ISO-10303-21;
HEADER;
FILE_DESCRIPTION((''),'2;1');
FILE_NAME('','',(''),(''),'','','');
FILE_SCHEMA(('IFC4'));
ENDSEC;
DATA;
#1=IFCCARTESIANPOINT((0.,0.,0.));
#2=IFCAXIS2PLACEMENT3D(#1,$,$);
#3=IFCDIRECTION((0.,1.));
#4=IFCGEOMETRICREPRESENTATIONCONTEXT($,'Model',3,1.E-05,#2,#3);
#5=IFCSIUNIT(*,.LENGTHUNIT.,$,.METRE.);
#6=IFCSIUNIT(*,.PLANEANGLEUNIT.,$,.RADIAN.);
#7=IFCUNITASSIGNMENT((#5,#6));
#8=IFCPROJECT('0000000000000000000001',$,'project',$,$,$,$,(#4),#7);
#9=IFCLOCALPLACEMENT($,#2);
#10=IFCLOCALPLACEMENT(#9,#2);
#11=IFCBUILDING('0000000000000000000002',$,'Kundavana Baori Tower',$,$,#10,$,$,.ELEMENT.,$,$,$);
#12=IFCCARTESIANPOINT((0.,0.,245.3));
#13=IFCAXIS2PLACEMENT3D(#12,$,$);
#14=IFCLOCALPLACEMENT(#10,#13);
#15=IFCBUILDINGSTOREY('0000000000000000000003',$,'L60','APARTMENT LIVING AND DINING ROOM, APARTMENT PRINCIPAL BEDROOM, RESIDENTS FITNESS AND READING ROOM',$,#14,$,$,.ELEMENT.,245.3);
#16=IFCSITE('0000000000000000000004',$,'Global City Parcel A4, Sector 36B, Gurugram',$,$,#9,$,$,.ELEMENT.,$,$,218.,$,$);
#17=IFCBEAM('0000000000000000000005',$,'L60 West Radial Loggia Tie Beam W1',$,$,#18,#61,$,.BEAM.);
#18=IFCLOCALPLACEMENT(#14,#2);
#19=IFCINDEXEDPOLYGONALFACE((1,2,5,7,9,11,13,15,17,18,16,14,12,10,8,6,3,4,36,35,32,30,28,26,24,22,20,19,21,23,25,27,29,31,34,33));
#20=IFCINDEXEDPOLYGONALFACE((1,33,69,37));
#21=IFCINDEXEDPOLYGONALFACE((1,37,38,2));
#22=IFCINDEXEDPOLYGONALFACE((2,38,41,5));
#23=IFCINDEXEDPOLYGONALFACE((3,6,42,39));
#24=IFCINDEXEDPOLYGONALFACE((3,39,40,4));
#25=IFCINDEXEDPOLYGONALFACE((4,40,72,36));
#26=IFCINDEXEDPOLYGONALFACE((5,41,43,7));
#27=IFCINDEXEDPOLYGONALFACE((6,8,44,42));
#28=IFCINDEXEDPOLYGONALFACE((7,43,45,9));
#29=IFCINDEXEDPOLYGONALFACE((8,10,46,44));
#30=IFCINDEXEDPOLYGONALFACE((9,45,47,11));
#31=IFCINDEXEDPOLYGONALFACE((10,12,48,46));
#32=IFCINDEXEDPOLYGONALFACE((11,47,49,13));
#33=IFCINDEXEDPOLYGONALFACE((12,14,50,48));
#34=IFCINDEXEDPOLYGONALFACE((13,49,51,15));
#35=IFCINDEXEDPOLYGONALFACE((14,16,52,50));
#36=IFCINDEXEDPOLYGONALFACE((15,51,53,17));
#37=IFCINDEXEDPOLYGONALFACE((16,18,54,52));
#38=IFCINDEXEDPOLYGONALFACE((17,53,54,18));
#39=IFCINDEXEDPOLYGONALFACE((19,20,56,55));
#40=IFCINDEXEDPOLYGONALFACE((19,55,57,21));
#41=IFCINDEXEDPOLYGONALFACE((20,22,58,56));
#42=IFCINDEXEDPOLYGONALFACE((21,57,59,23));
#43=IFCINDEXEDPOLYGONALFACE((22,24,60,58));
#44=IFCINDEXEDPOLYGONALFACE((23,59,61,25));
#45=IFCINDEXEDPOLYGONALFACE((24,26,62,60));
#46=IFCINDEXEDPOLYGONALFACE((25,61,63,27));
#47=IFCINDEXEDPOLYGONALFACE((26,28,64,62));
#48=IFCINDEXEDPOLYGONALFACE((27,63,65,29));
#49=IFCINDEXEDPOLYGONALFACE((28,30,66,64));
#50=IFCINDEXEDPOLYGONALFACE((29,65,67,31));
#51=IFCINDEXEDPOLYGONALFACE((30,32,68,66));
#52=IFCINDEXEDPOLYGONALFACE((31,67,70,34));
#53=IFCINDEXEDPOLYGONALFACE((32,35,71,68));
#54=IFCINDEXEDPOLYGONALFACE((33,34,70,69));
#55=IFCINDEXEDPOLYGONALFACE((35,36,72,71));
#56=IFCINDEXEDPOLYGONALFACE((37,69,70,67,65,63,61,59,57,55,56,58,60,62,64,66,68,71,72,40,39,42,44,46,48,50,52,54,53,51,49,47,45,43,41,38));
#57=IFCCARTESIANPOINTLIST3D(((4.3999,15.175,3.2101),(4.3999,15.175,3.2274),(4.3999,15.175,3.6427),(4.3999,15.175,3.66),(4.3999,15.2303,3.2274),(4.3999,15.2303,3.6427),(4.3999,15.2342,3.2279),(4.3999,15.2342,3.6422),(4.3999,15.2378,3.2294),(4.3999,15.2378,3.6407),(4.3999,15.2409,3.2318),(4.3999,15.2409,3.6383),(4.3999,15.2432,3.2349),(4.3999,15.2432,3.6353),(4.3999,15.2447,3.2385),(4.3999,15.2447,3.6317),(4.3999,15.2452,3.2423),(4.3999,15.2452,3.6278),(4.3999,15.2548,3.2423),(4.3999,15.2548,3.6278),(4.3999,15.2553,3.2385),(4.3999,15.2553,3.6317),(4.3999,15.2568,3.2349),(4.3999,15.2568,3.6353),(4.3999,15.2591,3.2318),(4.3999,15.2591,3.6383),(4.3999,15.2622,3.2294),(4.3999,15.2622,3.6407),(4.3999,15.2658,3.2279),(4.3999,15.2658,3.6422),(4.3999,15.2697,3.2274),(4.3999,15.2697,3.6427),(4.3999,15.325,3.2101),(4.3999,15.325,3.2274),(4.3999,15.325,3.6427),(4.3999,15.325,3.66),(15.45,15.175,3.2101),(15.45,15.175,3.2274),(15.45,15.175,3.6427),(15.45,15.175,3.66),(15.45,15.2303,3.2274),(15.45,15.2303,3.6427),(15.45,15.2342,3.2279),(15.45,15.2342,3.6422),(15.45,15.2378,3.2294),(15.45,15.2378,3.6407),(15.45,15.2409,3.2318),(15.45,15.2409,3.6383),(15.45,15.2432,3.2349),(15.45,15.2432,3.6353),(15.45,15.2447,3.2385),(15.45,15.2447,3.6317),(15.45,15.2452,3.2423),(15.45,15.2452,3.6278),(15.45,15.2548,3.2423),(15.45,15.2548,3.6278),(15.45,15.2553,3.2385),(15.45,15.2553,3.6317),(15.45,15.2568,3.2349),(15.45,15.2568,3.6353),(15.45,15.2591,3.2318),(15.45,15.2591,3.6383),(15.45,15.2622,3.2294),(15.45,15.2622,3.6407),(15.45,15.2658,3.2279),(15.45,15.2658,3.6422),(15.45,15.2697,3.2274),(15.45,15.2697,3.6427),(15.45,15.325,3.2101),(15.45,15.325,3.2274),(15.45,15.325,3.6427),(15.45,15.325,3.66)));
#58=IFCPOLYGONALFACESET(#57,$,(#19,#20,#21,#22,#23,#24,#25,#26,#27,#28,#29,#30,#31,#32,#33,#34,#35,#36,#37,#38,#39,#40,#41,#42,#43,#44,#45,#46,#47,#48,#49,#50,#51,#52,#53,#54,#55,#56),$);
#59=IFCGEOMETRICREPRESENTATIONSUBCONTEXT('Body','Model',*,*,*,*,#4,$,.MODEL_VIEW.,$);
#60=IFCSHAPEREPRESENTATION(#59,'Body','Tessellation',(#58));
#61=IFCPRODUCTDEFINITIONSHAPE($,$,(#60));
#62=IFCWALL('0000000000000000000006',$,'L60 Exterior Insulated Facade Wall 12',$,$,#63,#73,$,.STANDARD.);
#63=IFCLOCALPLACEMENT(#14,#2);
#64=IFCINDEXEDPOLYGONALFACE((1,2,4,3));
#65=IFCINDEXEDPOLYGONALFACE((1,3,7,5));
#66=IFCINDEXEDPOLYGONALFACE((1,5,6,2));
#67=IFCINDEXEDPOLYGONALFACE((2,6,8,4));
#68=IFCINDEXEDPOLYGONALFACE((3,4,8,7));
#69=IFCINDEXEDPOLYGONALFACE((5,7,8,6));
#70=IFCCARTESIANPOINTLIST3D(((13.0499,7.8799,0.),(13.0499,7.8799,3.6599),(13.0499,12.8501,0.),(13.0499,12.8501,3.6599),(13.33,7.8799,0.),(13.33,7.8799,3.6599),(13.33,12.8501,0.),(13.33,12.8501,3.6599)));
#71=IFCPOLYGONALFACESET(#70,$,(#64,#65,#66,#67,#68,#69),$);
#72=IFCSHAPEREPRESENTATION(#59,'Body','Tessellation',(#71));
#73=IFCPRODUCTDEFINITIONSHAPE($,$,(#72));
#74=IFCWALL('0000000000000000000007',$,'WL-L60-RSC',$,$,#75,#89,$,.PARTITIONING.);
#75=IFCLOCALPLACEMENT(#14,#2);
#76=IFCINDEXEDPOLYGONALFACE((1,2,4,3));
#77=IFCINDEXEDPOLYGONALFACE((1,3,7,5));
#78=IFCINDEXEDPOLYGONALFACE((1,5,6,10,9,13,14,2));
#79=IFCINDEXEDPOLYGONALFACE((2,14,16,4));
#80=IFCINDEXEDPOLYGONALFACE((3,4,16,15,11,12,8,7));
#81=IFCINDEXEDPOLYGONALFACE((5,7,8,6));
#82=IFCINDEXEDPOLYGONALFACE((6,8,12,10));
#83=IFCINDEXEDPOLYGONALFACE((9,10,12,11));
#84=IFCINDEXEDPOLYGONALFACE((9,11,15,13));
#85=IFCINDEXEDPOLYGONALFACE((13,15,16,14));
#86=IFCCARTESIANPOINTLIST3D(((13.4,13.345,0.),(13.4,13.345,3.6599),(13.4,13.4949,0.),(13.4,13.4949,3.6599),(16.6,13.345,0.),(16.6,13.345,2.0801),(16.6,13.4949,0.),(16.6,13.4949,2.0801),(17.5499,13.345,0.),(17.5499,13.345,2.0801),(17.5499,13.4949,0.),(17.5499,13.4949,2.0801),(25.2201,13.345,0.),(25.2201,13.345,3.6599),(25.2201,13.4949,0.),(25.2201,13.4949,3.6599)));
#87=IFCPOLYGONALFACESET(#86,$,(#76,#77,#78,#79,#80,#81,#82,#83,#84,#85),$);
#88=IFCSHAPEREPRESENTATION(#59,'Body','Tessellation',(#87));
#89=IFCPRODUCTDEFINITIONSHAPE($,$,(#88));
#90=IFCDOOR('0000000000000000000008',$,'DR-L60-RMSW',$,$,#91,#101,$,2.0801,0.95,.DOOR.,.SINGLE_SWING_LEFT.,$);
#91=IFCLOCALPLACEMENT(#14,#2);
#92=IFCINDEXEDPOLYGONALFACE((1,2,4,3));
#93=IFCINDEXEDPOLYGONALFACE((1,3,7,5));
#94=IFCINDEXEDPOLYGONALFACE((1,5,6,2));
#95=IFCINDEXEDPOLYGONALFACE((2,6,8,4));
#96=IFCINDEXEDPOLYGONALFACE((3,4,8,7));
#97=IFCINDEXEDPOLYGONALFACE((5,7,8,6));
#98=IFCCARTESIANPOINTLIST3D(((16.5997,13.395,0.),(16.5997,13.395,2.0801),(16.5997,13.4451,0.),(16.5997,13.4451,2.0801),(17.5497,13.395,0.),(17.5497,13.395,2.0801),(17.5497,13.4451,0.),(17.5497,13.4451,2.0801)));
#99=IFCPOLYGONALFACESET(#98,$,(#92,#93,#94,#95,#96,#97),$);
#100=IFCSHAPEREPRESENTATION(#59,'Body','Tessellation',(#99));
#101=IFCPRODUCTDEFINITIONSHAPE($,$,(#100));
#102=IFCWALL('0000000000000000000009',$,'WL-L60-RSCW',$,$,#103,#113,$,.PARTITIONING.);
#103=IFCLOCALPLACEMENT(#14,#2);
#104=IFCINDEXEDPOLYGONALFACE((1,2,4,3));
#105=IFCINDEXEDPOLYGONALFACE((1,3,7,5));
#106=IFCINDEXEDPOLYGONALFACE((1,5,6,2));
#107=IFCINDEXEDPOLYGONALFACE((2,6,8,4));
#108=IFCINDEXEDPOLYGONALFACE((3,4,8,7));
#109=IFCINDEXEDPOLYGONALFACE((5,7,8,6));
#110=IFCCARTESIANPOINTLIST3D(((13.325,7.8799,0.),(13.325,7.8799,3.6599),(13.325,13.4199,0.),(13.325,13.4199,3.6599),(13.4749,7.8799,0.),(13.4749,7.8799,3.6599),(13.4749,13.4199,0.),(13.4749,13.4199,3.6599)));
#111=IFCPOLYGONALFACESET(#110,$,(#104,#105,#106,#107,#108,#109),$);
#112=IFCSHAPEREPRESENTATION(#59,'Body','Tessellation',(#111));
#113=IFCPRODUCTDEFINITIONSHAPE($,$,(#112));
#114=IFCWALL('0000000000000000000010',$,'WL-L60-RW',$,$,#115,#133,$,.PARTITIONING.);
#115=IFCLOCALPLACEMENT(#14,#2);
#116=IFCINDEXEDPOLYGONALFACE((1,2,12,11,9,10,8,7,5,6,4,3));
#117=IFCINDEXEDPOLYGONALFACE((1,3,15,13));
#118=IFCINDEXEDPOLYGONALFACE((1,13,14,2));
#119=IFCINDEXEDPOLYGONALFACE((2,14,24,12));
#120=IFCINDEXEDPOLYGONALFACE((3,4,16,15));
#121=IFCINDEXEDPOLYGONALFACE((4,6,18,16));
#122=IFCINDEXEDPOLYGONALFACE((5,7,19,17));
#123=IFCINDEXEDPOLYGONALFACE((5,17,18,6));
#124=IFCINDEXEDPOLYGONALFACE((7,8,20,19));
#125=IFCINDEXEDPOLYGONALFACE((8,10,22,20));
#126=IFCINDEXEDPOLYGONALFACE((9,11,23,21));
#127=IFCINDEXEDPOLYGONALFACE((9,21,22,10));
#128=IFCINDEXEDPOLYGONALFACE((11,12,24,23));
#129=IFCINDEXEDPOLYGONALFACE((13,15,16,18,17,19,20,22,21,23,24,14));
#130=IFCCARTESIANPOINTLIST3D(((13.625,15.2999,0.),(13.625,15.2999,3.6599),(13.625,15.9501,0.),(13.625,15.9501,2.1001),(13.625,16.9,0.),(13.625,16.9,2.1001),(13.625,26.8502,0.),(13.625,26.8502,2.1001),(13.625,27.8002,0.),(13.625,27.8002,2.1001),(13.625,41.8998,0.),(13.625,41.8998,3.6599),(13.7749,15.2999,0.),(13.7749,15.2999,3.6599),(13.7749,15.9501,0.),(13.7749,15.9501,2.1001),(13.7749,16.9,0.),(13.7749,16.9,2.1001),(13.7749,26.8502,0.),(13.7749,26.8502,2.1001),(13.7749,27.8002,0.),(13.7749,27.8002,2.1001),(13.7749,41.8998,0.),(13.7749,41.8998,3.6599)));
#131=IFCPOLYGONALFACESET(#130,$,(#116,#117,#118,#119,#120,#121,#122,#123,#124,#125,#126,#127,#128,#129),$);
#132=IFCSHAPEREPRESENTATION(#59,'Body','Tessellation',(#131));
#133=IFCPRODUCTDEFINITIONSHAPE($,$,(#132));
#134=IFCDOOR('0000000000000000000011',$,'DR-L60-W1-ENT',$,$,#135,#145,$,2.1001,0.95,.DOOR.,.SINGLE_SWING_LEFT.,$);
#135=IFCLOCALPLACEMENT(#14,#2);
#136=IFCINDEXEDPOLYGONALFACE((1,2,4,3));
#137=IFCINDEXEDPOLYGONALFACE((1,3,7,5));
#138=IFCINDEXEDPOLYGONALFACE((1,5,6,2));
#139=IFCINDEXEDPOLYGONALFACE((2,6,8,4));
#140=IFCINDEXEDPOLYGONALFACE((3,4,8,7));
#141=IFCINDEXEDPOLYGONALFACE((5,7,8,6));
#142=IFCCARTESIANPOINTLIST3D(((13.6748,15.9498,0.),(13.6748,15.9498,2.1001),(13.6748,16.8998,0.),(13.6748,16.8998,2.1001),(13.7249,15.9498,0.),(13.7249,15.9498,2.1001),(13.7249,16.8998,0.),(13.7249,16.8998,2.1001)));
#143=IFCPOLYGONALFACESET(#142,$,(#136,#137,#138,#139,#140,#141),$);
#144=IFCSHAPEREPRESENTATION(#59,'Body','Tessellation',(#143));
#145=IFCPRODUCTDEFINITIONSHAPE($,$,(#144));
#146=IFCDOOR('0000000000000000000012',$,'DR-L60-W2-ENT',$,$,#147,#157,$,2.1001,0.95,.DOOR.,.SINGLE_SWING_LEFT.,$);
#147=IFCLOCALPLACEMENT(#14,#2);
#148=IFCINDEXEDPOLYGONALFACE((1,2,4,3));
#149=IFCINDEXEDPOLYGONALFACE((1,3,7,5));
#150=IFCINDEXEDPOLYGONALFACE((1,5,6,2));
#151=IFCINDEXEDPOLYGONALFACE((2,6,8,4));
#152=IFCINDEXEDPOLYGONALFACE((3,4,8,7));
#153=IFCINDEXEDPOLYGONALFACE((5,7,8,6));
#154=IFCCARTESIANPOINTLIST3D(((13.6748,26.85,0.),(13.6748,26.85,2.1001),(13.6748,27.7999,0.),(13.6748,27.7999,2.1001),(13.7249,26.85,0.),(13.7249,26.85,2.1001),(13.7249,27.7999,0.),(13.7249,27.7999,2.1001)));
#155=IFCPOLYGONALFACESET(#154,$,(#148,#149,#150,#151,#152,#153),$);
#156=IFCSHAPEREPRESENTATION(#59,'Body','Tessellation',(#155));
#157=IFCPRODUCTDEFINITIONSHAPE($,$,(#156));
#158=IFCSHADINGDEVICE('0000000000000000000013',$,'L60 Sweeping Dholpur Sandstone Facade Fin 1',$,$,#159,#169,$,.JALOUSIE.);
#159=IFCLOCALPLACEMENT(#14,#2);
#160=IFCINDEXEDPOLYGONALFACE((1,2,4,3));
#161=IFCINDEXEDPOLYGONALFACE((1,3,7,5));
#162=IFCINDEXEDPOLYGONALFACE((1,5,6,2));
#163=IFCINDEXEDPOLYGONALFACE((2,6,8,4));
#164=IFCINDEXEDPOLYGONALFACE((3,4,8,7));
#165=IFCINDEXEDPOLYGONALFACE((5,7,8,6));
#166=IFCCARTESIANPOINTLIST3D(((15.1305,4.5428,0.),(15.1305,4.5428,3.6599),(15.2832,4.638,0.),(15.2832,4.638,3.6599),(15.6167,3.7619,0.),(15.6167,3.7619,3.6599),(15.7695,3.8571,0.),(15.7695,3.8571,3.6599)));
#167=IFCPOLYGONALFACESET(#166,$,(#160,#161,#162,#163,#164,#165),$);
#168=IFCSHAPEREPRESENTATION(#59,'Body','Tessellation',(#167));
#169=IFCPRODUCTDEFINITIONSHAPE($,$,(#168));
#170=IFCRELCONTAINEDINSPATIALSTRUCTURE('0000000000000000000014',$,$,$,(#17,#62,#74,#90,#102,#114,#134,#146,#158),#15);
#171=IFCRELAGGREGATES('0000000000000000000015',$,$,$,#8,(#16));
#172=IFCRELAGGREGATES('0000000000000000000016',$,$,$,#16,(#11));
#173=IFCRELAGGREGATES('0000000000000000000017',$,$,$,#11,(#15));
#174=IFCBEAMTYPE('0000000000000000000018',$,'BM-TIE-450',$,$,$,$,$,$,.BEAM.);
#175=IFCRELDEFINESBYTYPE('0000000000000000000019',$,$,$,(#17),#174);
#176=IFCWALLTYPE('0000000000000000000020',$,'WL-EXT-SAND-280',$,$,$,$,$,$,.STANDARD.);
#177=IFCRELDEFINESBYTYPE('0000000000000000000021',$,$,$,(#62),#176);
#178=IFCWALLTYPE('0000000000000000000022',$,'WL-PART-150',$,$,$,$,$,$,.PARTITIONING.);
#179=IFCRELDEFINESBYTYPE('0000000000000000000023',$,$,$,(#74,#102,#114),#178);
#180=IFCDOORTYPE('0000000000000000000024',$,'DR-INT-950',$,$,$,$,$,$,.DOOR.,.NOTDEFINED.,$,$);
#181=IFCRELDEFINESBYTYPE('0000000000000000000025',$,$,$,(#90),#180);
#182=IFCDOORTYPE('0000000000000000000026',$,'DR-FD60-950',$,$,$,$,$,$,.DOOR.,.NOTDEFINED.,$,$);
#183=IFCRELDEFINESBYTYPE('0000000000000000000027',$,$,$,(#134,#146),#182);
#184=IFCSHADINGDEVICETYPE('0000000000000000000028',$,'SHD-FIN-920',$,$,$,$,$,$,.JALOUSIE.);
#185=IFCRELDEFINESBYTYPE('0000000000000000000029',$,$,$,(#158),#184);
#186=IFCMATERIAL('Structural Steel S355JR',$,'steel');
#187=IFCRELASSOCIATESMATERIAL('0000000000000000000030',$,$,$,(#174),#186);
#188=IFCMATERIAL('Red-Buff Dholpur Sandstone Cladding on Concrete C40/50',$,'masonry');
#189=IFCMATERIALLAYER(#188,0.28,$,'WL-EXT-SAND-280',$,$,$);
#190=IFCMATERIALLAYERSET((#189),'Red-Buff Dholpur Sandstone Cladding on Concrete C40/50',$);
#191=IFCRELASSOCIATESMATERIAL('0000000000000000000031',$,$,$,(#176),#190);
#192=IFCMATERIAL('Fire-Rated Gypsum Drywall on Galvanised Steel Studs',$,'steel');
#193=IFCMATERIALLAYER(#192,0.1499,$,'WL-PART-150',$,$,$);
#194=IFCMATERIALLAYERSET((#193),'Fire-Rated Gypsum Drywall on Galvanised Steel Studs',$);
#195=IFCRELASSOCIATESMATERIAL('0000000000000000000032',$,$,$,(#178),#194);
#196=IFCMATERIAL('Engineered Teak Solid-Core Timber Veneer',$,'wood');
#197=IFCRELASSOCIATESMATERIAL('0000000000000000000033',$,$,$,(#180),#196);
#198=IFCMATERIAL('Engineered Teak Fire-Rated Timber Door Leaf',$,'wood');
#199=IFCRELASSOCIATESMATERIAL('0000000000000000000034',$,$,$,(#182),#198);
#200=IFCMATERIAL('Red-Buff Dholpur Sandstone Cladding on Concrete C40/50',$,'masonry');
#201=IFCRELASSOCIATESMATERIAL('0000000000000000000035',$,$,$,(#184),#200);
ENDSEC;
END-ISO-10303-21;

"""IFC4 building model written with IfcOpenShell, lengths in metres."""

from ifc_helpers import new_model, si_unit, direction, frame, frame_2d, origin, origin_2d, place, context, subcontext, project, spatial, rectangle, i_section, extrude, material, layer, layer_set, material_profile, profile_set, type_object, element, fill, save


model = new_model("IFC4")

# Units and contexts
model_context = context("Model", 3, precision=1e-05, world=origin(), true_north=direction((0.0, 1.0)))
body_context = subcontext(model_context, "Body", "Model", "MODEL_VIEW")
ifc_project = project(units=[si_unit("LENGTHUNIT", "METRE"), si_unit("PLANEANGLEUNIT", "RADIAN")], contexts=[model_context])

# Site, building, storey
site_placement = place(None, origin())
site = spatial("IfcSite", under=ifc_project, at=site_placement, Name="Global City Parcel A4, Sector 36B, Gurugram", CompositionType="ELEMENT", RefElevation=218.0)
building_placement = place(site_placement, origin())
building = spatial("IfcBuilding", under=site, at=building_placement, Name="Kundavana Baori Tower", CompositionType="ELEMENT")
storey_placement = place(building_placement, frame((0.0, 0.0, 245.3)))
storey = spatial("IfcBuildingStorey", under=building, at=storey_placement, Name="L60", Description="APARTMENT LIVING AND DINING ROOM, APARTMENT PRINCIPAL BEDROOM, RESIDENTS FITNESS AND READING ROOM", CompositionType="ELEMENT", Elevation=245.3)

# Beam
ifc_material_1 = material(Name="Structural Steel S355JR", Category="steel")
ifc_material_profile_1 = material_profile(ifc_material_1, i_section(OverallWidth=0.1499, OverallDepth=0.45, WebThickness=0.0095, FlangeThickness=0.0173, FilletRadius=0.0149, at=origin_2d()), Name="ISMB 450")
ifc_profile_set_1 = profile_set([ifc_material_profile_1], Name="Structural Steel S355JR")
beam_type_1 = type_object("IfcBeamType", Name="BM-TIE-450", PredefinedType="BEAM", material=ifc_profile_set_1)
for number, where, z_axis, x_axis, name in (
    (1, (15.45, 15.25, 3.4351), (-1.0, 0.0, 0.0), (0.0, -1.0, 0.0), "L60 West Radial Loggia Tie Beam W1"),
):
    element("IfcBeam", number, at=place(storey_placement, frame(where, z_axis=z_axis, x_axis=x_axis)), inside=storey, type_object=beam_type_1, Name=name, PredefinedType="BEAM", context=body_context, shape_type="SweptSolid", body=[
        extrude(i_section(OverallWidth=0.1499, OverallDepth=0.45, WebThickness=0.0095, FlangeThickness=0.0173, FilletRadius=0.0149, at=origin_2d()), origin(), (0.0, 0.0, 1.0), 11.05),
    ])

# Wall
ifc_material_2 = material(Name="Red-Buff Dholpur Sandstone Cladding on Concrete C40/50", Category="masonry")
ifc_layer_1 = layer(ifc_material_2, 0.28, Name="WL-EXT-SAND-280")
ifc_layer_set_1 = layer_set([ifc_layer_1], Name="Red-Buff Dholpur Sandstone Cladding on Concrete C40/50")
wall_type_1 = type_object("IfcWallType", Name="WL-EXT-SAND-280", PredefinedType="STANDARD", material=ifc_layer_set_1)
wall_1_placement = place(storey_placement, frame((13.1899, 12.8501, 0.0), z_axis=(0.0, 0.0, 1.0), x_axis=(0.0, -1.0, 0.0)))
element("IfcWall", 2, at=wall_1_placement, inside=storey, type_object=wall_type_1, Name="L60 Exterior Insulated Facade Wall 12", PredefinedType="STANDARD", context=body_context, shape_type="SweptSolid", body=[
    extrude(rectangle(XDim=4.9702, YDim=0.28, at=frame_2d((2.4851, 0.0))), origin(), (0.0, 0.0, 1.0), 3.6599),
])

# Wall, opening, door
ifc_material_3 = material(Name="Fire-Rated Gypsum Drywall on Galvanised Steel Studs", Category="steel")
ifc_layer_2 = layer(ifc_material_3, 0.1499, Name="WL-PART-150")
ifc_layer_set_2 = layer_set([ifc_layer_2], Name="Fire-Rated Gypsum Drywall on Galvanised Steel Studs")
wall_type_2 = type_object("IfcWallType", Name="WL-PART-150", PredefinedType="PARTITIONING", material=ifc_layer_set_2)
wall_2_placement = place(storey_placement, frame((13.3999, 13.4199, 0.0), z_axis=(0.0, 0.0, 1.0), x_axis=(1.0, 0.0, 0.0)))
wall_2 = element("IfcWall", 3, at=wall_2_placement, inside=storey, type_object=wall_type_2, Name="WL-L60-RSC", PredefinedType="PARTITIONING", context=body_context, shape_type="SweptSolid", body=[
    extrude(rectangle(XDim=11.8201, YDim=0.1499, at=frame_2d((5.9102, 0.0))), origin(), (0.0, 0.0, 1.0), 3.6599),
])
opening_1_placement = place(wall_2_placement, frame((3.2, 0.0, 0.0)))
opening_1 = element("IfcOpeningElement", 4, at=opening_1_placement, cuts=wall_2, PredefinedType="OPENING", context=body_context, shape_type="SweptSolid", body=[
    extrude(rectangle(XDim=0.95, YDim=2.0801, at=frame_2d((0.4751, 1.04))), frame((0.0, 0.085, 0.0), z_axis=(0.0, -1.0, 0.0), x_axis=(1.0, 0.0, 0.0)), (0.0, 0.0, 1.0), 0.1699),
])
ifc_material_4 = material(Name="Engineered Teak Solid-Core Timber Veneer", Category="wood")
door_type_1 = type_object("IfcDoorType", Name="DR-INT-950", OperationType="NOTDEFINED", PredefinedType="DOOR", material=ifc_material_4)
door_1_placement = place(opening_1_placement, frame((0.95, 0.0, 0.0), z_axis=(0.0, 0.0, 1.0), x_axis=(-1.0, 0.0, 0.0)))
door_1 = element("IfcDoor", 5, at=door_1_placement, inside=storey, type_object=door_type_1, Name="DR-L60-RMSW", OperationType="SINGLE_SWING_LEFT", OverallHeight=2.0801, OverallWidth=0.95, PredefinedType="DOOR", context=body_context, shape_type="SweptSolid", body=[
    extrude(rectangle(XDim=0.95, YDim=2.0801, at=frame_2d((0.4751, 1.04))), frame((0.0, 0.0249, 0.0), z_axis=(0.0, -1.0, 0.0), x_axis=(1.0, 0.0, 0.0)), (0.0, 0.0, 1.0), 0.05),
])
fill(opening_1, door_1)

# Wall
wall_3_placement = place(storey_placement, frame((13.3999, 7.8799, 0.0), z_axis=(0.0, 0.0, 1.0), x_axis=(0.0, 1.0, 0.0)))
element("IfcWall", 6, at=wall_3_placement, inside=storey, type_object=wall_type_2, Name="WL-L60-RSCW", PredefinedType="PARTITIONING", context=body_context, shape_type="SweptSolid", body=[
    extrude(rectangle(XDim=5.54, YDim=0.1499, at=frame_2d((2.77, 0.0))), origin(), (0.0, 0.0, 1.0), 3.6599),
])

# Wall, openings, doors
wall_4_placement = place(storey_placement, frame((13.7, 15.3, 0.0), z_axis=(0.0, 0.0, 1.0), x_axis=(0.0, 1.0, 0.0)))
wall_4 = element("IfcWall", 7, at=wall_4_placement, inside=storey, type_object=wall_type_2, Name="WL-L60-RW", PredefinedType="PARTITIONING", context=body_context, shape_type="SweptSolid", body=[
    extrude(rectangle(XDim=26.5999, YDim=0.1499, at=frame_2d((13.2998, 0.0))), origin(), (0.0, 0.0, 1.0), 3.6599),
])
opening_2_placement = place(wall_4_placement, frame((0.6499, 0.0, 0.0)))
opening_2 = element("IfcOpeningElement", 8, at=opening_2_placement, cuts=wall_4, PredefinedType="OPENING", context=body_context, shape_type="SweptSolid", body=[
    extrude(rectangle(XDim=0.95, YDim=2.1001, at=frame_2d((0.4751, 1.05))), frame((0.0, 0.085, 0.0), z_axis=(0.0, -1.0, 0.0), x_axis=(1.0, 0.0, 0.0)), (0.0, 0.0, 1.0), 0.1699),
])
opening_3_placement = place(wall_4_placement, frame((11.55, 0.0, 0.0)))
opening_3 = element("IfcOpeningElement", 9, at=opening_3_placement, cuts=wall_4, PredefinedType="OPENING", context=body_context, shape_type="SweptSolid", body=[
    extrude(rectangle(XDim=0.95, YDim=2.1001, at=frame_2d((0.4751, 1.05))), frame((0.0, 0.085, 0.0), z_axis=(0.0, -1.0, 0.0), x_axis=(1.0, 0.0, 0.0)), (0.0, 0.0, 1.0), 0.1699),
])
ifc_material_5 = material(Name="Engineered Teak Fire-Rated Timber Door Leaf", Category="wood")
door_type_2 = type_object("IfcDoorType", Name="DR-FD60-950", OperationType="NOTDEFINED", PredefinedType="DOOR", material=ifc_material_5)
door_2_placement = place(opening_2_placement, frame((0.95, 0.0, 0.0), z_axis=(0.0, 0.0, 1.0), x_axis=(-1.0, 0.0, 0.0)))
door_2 = element("IfcDoor", 10, at=door_2_placement, inside=storey, type_object=door_type_2, Name="DR-L60-W1-ENT", OperationType="SINGLE_SWING_LEFT", OverallHeight=2.1001, OverallWidth=0.95, PredefinedType="DOOR", context=body_context, shape_type="SweptSolid", body=[
    extrude(rectangle(XDim=0.95, YDim=2.1001, at=frame_2d((0.4751, 1.05))), frame((0.0, 0.0249, 0.0), z_axis=(0.0, -1.0, 0.0), x_axis=(1.0, 0.0, 0.0)), (0.0, 0.0, 1.0), 0.05),
])
fill(opening_2, door_2)
door_3_placement = place(opening_3_placement, frame((0.95, 0.0, 0.0), z_axis=(0.0, 0.0, 1.0), x_axis=(-1.0, 0.0, 0.0)))
door_3 = element("IfcDoor", 11, at=door_3_placement, inside=storey, type_object=door_type_2, Name="DR-L60-W2-ENT", OperationType="SINGLE_SWING_LEFT", OverallHeight=2.1001, OverallWidth=0.95, PredefinedType="DOOR", context=body_context, shape_type="SweptSolid", body=[
    extrude(rectangle(XDim=0.95, YDim=2.1001, at=frame_2d((0.4751, 1.05))), frame((0.0, 0.0249, 0.0), z_axis=(0.0, -1.0, 0.0), x_axis=(1.0, 0.0, 0.0)), (0.0, 0.0, 1.0), 0.05),
])
fill(opening_3, door_3)

# Shading device
ifc_material_6 = material(Name="Red-Buff Dholpur Sandstone Cladding on Concrete C40/50", Category="masonry")
shading_device_type = type_object("IfcShadingDeviceType", Name="SHD-FIN-920", PredefinedType="JALOUSIE", material=ifc_material_6)
shading_device_placement = place(storey_placement, frame((15.45, 4.2, 0.0), z_axis=(0.0, 0.0, 1.0), x_axis=(0.848879, 0.528587, 0.0)))
element("IfcShadingDevice", 12, at=shading_device_placement, inside=storey, type_object=shading_device_type, Name="L60 Sweeping Dholpur Sandstone Facade Fin 1", PredefinedType="JALOUSIE", context=body_context, shape_type="SweptSolid", body=[
    extrude(rectangle(XDim=0.1799, YDim=0.9199, at=origin_2d()), origin(), (0.0, 0.0, 1.0), 3.6599),
])

save(model, "model.ifc")
